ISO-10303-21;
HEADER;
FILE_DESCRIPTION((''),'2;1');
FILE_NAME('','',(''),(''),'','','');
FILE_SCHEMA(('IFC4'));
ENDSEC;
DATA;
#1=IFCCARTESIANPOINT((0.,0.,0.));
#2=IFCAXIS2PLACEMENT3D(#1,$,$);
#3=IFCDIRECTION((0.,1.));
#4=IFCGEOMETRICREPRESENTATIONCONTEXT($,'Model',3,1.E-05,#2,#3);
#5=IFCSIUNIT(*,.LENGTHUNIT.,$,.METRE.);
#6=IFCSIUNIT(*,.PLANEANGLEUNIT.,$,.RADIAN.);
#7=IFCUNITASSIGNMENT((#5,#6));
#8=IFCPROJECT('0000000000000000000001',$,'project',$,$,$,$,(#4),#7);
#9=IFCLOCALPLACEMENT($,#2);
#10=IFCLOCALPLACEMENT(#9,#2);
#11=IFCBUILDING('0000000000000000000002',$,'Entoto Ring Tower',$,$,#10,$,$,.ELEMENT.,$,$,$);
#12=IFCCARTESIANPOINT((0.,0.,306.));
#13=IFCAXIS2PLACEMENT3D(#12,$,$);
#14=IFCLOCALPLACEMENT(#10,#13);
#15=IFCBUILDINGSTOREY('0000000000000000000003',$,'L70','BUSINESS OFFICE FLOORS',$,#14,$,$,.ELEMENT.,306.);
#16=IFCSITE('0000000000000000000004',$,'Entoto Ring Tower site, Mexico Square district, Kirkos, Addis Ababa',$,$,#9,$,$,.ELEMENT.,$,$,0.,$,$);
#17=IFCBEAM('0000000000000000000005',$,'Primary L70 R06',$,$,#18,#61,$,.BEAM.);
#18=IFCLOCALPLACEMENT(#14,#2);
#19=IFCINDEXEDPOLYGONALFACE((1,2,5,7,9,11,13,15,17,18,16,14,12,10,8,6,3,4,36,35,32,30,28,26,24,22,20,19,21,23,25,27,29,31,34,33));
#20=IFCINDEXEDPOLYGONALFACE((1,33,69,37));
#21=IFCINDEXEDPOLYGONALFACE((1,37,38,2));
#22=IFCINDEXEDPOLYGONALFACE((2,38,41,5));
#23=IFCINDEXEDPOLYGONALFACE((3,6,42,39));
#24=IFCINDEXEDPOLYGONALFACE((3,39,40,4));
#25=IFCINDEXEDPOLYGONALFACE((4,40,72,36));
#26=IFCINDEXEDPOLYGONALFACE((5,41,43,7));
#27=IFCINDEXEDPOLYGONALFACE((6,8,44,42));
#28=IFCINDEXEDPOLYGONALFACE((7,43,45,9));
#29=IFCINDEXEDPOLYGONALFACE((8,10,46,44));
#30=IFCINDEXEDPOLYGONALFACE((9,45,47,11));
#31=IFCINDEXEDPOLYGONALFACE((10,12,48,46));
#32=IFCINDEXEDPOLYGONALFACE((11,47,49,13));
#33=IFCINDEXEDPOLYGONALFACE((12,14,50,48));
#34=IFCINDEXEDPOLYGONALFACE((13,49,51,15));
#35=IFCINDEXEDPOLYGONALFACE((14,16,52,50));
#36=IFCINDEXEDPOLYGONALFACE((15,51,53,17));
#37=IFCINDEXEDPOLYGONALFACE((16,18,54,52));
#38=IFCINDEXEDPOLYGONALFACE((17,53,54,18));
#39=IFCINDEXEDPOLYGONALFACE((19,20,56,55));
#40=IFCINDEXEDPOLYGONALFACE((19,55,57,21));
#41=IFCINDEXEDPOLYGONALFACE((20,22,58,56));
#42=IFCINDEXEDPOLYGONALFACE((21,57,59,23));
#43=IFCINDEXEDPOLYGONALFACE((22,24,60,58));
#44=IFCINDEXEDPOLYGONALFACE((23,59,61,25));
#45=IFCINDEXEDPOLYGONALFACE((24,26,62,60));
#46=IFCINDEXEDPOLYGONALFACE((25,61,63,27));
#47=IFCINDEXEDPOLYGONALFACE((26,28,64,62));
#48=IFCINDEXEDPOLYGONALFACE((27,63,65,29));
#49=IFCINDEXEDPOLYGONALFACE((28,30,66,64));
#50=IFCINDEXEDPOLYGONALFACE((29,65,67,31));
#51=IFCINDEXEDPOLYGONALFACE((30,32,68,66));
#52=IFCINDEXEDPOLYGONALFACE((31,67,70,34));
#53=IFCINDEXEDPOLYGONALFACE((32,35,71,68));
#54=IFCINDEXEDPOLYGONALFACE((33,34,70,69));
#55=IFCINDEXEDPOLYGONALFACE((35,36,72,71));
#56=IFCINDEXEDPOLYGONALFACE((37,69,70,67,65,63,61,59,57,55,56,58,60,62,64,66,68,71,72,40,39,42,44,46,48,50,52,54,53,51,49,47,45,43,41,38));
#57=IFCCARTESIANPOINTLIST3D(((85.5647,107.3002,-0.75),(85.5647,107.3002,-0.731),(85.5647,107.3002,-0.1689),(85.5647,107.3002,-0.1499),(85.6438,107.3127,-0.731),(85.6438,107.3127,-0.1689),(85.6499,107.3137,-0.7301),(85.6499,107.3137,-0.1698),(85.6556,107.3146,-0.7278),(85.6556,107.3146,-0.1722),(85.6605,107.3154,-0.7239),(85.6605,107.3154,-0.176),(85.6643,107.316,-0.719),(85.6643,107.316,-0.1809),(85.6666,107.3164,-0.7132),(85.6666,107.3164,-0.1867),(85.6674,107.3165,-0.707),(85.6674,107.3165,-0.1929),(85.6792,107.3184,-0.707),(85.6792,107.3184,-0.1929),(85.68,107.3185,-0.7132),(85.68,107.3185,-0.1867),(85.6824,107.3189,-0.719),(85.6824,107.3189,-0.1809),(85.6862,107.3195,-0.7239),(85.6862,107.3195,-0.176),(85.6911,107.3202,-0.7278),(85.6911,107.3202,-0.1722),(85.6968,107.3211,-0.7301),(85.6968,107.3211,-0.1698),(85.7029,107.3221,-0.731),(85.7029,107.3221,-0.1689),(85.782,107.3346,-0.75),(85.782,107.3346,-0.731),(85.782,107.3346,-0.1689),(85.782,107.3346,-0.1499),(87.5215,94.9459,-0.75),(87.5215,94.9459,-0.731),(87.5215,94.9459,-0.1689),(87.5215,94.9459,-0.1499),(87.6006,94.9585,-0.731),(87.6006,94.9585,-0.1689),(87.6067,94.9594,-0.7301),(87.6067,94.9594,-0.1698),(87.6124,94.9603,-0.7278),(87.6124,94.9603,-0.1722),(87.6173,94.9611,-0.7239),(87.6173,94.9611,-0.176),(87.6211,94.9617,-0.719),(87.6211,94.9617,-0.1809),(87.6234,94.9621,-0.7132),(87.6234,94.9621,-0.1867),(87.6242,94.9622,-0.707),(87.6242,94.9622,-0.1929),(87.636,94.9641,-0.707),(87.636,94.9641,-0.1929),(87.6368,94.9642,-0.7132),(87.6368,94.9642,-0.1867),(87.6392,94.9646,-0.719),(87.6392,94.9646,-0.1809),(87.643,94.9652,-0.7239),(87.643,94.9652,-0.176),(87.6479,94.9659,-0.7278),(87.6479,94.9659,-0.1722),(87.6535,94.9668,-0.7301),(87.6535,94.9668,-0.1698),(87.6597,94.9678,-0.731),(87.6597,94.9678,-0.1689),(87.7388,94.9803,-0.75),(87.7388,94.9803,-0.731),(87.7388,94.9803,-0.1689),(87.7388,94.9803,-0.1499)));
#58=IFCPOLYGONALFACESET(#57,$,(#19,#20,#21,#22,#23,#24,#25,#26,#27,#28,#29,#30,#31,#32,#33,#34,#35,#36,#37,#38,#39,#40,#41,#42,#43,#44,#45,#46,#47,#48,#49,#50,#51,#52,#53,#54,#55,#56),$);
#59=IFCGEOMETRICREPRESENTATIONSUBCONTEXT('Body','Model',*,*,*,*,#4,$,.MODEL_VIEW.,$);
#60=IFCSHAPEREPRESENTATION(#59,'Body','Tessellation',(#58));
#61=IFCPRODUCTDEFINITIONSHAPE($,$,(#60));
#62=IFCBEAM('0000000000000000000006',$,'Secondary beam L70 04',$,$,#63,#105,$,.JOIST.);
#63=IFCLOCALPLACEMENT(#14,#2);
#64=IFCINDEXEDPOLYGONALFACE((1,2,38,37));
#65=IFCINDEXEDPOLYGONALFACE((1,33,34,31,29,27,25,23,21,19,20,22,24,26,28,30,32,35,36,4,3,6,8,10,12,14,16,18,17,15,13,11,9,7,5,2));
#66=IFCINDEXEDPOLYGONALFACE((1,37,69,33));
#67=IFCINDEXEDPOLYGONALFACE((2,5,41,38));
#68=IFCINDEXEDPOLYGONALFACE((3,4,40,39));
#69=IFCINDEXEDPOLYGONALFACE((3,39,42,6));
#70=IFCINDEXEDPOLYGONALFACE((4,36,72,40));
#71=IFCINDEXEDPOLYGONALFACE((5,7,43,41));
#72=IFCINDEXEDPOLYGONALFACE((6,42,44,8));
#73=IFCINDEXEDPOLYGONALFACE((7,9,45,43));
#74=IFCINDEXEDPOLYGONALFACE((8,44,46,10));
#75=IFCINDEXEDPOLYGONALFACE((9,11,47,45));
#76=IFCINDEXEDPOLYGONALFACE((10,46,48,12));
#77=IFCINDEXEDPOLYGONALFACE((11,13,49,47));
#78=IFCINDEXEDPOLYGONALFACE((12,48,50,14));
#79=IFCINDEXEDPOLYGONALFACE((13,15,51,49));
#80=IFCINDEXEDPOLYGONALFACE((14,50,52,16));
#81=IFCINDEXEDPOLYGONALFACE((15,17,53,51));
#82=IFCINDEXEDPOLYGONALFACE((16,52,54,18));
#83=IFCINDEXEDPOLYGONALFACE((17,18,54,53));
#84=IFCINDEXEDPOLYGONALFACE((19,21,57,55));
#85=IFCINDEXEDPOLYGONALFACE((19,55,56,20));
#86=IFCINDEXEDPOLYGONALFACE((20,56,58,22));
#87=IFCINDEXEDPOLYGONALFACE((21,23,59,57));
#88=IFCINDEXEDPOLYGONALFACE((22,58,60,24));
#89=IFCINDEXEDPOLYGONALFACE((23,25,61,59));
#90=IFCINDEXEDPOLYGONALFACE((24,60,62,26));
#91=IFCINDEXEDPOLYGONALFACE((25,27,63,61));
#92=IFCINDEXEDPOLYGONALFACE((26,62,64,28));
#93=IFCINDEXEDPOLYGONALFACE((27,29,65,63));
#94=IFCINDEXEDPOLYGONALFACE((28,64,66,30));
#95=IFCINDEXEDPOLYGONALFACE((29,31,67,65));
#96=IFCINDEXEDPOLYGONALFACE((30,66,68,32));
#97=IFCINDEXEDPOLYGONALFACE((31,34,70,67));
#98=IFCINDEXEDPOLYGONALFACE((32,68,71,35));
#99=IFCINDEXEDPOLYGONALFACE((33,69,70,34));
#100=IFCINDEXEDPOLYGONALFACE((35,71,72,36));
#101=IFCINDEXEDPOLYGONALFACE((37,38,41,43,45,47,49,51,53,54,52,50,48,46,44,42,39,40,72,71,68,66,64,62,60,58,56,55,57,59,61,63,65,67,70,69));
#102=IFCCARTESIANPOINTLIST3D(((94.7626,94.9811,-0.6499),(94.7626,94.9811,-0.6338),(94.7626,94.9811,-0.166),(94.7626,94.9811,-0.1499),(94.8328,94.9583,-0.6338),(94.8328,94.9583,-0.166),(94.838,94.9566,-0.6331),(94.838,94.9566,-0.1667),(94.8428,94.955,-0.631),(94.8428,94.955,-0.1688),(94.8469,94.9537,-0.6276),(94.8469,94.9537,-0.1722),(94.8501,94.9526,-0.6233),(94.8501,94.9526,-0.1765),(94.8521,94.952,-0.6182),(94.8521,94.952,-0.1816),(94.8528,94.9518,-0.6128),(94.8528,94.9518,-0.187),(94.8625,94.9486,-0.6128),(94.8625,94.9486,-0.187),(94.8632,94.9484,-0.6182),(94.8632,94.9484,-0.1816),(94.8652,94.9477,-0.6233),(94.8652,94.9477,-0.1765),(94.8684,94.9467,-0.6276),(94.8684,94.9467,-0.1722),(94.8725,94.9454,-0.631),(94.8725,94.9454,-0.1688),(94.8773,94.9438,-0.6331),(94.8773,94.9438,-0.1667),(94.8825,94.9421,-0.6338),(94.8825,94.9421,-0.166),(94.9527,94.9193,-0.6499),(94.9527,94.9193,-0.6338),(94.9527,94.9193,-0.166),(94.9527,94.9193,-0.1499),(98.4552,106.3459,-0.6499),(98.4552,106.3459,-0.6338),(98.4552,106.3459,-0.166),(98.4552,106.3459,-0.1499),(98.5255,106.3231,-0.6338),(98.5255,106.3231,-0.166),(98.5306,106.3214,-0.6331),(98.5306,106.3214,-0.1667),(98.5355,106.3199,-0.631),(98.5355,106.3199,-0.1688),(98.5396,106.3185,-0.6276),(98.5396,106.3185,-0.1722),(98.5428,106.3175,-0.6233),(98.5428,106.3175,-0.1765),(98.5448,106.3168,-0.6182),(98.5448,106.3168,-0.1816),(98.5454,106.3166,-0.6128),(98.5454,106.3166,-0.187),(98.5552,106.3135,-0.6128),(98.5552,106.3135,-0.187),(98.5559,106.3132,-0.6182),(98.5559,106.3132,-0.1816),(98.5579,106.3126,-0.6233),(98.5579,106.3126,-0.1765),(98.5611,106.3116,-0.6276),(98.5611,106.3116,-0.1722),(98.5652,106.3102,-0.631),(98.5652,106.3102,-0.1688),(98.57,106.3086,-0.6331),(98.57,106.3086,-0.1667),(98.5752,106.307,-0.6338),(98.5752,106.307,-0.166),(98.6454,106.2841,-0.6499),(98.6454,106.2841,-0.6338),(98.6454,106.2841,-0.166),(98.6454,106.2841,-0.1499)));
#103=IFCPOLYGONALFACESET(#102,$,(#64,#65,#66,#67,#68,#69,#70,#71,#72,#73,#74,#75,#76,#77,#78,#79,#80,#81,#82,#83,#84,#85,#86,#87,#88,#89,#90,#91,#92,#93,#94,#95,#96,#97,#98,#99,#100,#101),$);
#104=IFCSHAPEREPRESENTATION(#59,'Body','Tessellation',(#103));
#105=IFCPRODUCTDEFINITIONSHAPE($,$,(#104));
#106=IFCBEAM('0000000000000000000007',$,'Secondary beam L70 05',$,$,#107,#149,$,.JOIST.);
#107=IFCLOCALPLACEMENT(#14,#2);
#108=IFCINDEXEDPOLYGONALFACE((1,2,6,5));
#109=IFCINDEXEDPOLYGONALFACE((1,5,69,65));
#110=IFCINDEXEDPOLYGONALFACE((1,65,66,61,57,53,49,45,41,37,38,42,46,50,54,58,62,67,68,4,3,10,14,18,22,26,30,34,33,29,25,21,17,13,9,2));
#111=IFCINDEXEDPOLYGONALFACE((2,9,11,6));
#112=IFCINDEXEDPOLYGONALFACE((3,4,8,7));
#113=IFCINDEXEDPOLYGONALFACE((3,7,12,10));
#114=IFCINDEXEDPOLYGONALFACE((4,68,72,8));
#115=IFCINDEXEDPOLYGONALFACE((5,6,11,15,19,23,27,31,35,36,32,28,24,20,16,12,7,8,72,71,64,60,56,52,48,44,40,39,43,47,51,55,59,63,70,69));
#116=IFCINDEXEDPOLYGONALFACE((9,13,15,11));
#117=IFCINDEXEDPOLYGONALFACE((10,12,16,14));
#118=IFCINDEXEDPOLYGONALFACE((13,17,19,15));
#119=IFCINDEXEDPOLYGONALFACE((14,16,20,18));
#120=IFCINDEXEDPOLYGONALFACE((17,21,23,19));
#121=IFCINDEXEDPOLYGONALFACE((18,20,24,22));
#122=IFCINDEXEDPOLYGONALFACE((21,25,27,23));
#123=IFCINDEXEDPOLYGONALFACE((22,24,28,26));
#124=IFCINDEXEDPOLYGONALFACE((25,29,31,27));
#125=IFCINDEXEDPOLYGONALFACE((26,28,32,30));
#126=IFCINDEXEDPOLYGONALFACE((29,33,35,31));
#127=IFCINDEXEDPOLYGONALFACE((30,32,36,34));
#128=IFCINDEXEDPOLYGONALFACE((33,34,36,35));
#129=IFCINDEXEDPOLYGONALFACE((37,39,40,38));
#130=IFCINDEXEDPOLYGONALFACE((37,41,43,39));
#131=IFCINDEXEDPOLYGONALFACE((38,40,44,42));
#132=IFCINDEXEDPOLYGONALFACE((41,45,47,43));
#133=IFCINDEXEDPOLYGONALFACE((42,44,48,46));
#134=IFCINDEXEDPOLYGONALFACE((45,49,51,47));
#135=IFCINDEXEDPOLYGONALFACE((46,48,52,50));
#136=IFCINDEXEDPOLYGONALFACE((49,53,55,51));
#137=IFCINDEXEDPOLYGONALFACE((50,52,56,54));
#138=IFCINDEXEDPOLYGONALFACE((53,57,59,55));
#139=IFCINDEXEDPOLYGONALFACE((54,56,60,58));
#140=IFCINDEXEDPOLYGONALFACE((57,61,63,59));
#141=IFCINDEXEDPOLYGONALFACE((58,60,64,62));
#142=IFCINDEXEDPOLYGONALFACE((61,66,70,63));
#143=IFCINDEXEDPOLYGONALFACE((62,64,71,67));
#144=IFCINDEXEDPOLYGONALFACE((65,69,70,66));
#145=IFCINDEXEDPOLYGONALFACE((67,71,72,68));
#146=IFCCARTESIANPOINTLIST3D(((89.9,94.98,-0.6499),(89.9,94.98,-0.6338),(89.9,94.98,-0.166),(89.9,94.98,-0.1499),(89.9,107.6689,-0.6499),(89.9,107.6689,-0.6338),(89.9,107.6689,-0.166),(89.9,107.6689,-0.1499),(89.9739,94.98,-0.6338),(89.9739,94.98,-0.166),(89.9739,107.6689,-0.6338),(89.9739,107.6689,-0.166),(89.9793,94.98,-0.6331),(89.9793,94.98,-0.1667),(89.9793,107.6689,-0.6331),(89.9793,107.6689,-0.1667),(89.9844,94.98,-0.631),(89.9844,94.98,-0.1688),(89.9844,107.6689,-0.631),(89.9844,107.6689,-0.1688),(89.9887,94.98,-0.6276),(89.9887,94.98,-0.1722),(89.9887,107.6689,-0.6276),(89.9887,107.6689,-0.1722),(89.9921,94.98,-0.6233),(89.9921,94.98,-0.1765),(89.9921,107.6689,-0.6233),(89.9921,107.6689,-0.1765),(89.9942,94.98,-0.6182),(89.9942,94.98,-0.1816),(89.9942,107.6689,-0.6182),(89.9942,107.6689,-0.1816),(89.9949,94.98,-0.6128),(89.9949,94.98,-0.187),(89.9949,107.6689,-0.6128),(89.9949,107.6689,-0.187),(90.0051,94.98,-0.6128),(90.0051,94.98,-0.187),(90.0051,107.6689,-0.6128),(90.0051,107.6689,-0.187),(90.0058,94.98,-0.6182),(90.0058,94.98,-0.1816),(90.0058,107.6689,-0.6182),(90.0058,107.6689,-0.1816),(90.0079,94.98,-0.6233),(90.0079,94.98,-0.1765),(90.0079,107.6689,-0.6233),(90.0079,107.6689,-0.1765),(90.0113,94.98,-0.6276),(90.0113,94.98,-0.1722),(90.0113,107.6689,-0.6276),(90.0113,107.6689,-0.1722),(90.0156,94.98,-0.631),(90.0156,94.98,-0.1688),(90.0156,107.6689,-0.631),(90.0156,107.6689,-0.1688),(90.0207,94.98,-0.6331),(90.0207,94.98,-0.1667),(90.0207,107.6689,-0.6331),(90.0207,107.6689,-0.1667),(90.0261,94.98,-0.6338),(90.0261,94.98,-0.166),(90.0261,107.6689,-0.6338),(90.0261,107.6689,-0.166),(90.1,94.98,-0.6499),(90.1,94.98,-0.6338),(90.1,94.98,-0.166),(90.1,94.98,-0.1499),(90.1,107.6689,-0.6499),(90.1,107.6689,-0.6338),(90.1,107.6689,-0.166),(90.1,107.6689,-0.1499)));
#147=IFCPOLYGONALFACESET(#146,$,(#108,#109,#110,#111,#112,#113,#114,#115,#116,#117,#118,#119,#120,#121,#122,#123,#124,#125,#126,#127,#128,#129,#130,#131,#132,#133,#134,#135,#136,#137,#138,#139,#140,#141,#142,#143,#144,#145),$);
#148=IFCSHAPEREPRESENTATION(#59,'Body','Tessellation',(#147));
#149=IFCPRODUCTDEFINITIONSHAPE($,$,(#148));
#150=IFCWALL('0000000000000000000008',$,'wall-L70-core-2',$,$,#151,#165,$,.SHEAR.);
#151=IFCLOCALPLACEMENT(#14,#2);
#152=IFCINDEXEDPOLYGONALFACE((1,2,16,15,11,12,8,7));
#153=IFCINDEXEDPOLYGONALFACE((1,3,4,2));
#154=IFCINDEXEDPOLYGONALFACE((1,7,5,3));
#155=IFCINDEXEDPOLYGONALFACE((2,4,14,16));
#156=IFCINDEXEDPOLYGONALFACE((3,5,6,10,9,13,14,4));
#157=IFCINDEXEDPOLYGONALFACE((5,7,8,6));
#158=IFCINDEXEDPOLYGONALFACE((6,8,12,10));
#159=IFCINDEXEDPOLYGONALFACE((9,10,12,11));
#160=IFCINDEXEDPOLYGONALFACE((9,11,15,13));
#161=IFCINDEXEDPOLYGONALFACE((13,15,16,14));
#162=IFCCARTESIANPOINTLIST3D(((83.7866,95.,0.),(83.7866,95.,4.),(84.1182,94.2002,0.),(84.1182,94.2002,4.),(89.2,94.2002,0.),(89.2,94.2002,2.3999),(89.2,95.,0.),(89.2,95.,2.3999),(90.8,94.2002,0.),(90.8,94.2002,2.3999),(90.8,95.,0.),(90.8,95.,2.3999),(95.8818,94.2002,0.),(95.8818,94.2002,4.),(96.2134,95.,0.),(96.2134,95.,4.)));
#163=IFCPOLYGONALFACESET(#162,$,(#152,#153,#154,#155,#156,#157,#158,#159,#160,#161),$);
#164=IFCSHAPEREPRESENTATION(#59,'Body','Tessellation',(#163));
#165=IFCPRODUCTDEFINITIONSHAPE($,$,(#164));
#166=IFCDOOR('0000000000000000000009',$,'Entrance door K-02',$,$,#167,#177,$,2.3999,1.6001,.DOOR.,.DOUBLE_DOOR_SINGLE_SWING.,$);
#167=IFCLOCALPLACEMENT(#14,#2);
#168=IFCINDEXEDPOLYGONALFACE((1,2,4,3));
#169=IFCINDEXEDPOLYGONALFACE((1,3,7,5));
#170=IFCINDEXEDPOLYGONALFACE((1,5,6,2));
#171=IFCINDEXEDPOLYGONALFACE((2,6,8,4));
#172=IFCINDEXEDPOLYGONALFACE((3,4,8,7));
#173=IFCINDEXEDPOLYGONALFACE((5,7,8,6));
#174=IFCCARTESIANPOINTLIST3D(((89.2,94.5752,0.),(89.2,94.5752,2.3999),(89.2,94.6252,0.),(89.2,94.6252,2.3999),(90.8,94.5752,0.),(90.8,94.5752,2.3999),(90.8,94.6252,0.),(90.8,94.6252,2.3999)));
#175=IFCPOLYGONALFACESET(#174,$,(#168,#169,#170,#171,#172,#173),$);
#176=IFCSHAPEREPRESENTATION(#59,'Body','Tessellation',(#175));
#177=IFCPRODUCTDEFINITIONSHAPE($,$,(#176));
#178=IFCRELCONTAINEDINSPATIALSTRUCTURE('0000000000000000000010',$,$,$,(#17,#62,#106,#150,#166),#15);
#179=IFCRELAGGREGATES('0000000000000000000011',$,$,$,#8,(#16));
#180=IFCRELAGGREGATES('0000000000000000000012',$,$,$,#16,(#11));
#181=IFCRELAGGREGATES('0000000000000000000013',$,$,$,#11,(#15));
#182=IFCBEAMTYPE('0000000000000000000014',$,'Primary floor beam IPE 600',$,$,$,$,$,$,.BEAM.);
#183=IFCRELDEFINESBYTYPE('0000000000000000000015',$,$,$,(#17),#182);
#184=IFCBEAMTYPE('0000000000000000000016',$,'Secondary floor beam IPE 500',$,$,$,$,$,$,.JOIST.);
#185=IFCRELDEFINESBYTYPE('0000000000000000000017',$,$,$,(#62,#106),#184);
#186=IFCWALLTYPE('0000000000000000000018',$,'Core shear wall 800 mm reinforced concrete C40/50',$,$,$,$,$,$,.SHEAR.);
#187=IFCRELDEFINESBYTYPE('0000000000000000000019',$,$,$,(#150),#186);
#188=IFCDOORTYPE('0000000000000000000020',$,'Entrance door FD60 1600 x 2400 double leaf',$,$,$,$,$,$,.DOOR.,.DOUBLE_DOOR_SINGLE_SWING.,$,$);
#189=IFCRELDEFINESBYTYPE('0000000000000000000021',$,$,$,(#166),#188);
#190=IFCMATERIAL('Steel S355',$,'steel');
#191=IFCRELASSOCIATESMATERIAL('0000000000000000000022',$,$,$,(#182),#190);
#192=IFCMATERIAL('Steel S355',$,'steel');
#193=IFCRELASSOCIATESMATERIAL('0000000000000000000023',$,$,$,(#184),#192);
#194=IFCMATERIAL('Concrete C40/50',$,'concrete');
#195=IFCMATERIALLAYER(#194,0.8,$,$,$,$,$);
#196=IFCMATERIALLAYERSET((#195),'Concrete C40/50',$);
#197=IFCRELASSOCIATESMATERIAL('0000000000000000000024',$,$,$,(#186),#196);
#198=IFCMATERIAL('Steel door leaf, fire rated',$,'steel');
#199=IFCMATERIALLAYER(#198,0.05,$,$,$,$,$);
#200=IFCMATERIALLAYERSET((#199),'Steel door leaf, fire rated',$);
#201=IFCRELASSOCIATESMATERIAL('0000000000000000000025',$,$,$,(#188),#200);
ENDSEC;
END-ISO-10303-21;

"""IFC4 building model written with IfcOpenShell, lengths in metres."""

from ifc_helpers import new_model, si_unit, direction, frame, frame_2d, origin, origin_2d, place, context, subcontext, project, spatial, polyline, rectangle, i_section, outline, extrude, material, layer, layer_set, material_profile, profile_set, type_object, element, fill, save


model = new_model("IFC4")

# Units and contexts
model_context = context("Model", 3, precision=1e-05, world=origin(), true_north=direction((0.0, 1.0)))
body_context = subcontext(model_context, "Body", "Model", "MODEL_VIEW")
ifc_project = project(units=[si_unit("LENGTHUNIT", "METRE"), si_unit("PLANEANGLEUNIT", "RADIAN")], contexts=[model_context])

# Site, building, storey
site_placement = place(None, origin())
site = spatial("IfcSite", under=ifc_project, at=site_placement, Name="Entoto Ring Tower site, Mexico Square district, Kirkos, Addis Ababa", CompositionType="ELEMENT", RefElevation=0.0)
building_placement = place(site_placement, origin())
building = spatial("IfcBuilding", under=site, at=building_placement, Name="Entoto Ring Tower", CompositionType="ELEMENT")
storey_placement = place(building_placement, frame((0.0, 0.0, 306.0)))
storey = spatial("IfcBuildingStorey", under=building, at=storey_placement, Name="L70", Description="BUSINESS OFFICE FLOORS", CompositionType="ELEMENT", Elevation=306.0)

# Beams
ifc_material_1 = material(Name="Steel S355", Category="steel")
ifc_material_profile_1 = material_profile(ifc_material_1, i_section(OverallWidth=0.22, OverallDepth=0.6001, WebThickness=0.012, FlangeThickness=0.019, FilletRadius=0.0239, at=origin_2d()), Name="IPE 600")
ifc_profile_set_1 = profile_set([ifc_material_profile_1], Name="Steel S355")
beam_type_1 = type_object("IfcBeamType", Name="Primary floor beam IPE 600", PredefinedType="BEAM", material=ifc_profile_set_1)
for number, where, z_axis, x_axis, name in (
    (1, (87.6301, 94.9631, -0.45), (-0.15644, 0.987688, 0.0), (-0.987688, -0.15644, 0.0), "Primary L70 R06"),
):
    element("IfcBeam", number, at=place(storey_placement, frame(where, z_axis=z_axis, x_axis=x_axis)), inside=storey, type_object=beam_type_1, Name=name, PredefinedType="BEAM", context=body_context, shape_type="SweptSolid", body=[
        extrude(i_section(OverallWidth=0.22, OverallDepth=0.6001, WebThickness=0.012, FlangeThickness=0.019, FilletRadius=0.0239, at=origin_2d()), origin(), (0.0, 0.0, 1.0), 12.5083),
    ])
ifc_material_2 = material(Name="Steel S355", Category="steel")
ifc_material_profile_2 = material_profile(ifc_material_2, i_section(OverallWidth=0.2, OverallDepth=0.5, WebThickness=0.0103, FlangeThickness=0.0161, FilletRadius=0.021, at=origin_2d()), Name="IPE 500")
ifc_profile_set_2 = profile_set([ifc_material_profile_2], Name="Steel S355")
beam_type_2 = type_object("IfcBeamType", Name="Secondary floor beam IPE 500", PredefinedType="JOIST", material=ifc_profile_set_2)
beam_1_placement = place(storey_placement, frame((94.8577, 94.9502, -0.3999), z_axis=(0.309017, 0.951057, 0.0), x_axis=(-0.951057, 0.309017, 0.0)))
element("IfcBeam", 2, at=beam_1_placement, inside=storey, type_object=beam_type_2, Name="Secondary beam L70 04", PredefinedType="JOIST", context=body_context, shape_type="SweptSolid", body=[
    extrude(i_section(OverallWidth=0.2, OverallDepth=0.5, WebThickness=0.0103, FlangeThickness=0.0161, FilletRadius=0.021, at=origin_2d()), origin(), (0.0, 0.0, 1.0), 11.9497),
])
beam_2_placement = place(storey_placement, frame((90.0, 94.98, -0.3999), z_axis=(0.0, 1.0, 0.0), x_axis=(-1.0, 0.0, 0.0)))
element("IfcBeam", 3, at=beam_2_placement, inside=storey, type_object=beam_type_2, Name="Secondary beam L70 05", PredefinedType="JOIST", context=body_context, shape_type="SweptSolid", body=[
    extrude(i_section(OverallWidth=0.2, OverallDepth=0.5, WebThickness=0.0103, FlangeThickness=0.0161, FilletRadius=0.021, at=origin_2d()), origin(), (0.0, 0.0, 1.0), 12.689),
])

# Wall, opening, door
ifc_material_3 = material(Name="Concrete C40/50", Category="concrete")
ifc_layer_1 = layer(ifc_material_3, 0.8)
ifc_layer_set_1 = layer_set([ifc_layer_1], Name="Concrete C40/50")
wall_type_1 = type_object("IfcWallType", Name="Core shear wall 800 mm reinforced concrete C40/50", PredefinedType="SHEAR", material=ifc_layer_set_1)
wall_1_placement = place(storey_placement, frame((96.0476, 94.6001, 0.0), z_axis=(0.0, 0.0, 1.0), x_axis=(-1.0, 0.0, 0.0)))
wall_1 = element("IfcWall", 4, at=wall_1_placement, inside=storey, type_object=wall_type_1, Name="wall-L70-core-2", PredefinedType="SHEAR", context=body_context, shape_type="SweptSolid", body=[
    extrude(outline(polyline([(-0.1658, -0.3999), (12.261, -0.3999), (11.9294, 0.3999), (0.1658, 0.3999), (-0.1658, -0.3999)])), origin(), (0.0, 0.0, 1.0), 4.0),
])
opening_1_placement = place(wall_1_placement, frame((5.2476, 0.0, 0.0)))
opening_1 = element("IfcOpeningElement", 5, at=opening_1_placement, cuts=wall_1, PredefinedType="OPENING", context=body_context, shape_type="SweptSolid", body=[
    extrude(rectangle(XDim=1.6001, YDim=2.3999, at=frame_2d((0.8, 1.2))), frame((0.0, 0.4102, 0.0), z_axis=(0.0, -1.0, 0.0), x_axis=(1.0, 0.0, 0.0)), (0.0, 0.0, 1.0), 0.8201),
])
ifc_material_4 = material(Name="Steel door leaf, fire rated", Category="steel")
ifc_layer_2 = layer(ifc_material_4, 0.05)
ifc_layer_set_2 = layer_set([ifc_layer_2], Name="Steel door leaf, fire rated")
door_type_1 = type_object("IfcDoorType", Name="Entrance door FD60 1600 x 2400 double leaf", OperationType="DOUBLE_DOOR_SINGLE_SWING", PredefinedType="DOOR", material=ifc_layer_set_2)
door_1_placement = place(opening_1_placement, origin())
door_1 = element("IfcDoor", 6, at=door_1_placement, inside=storey, type_object=door_type_1, Name="Entrance door K-02", OperationType="DOUBLE_DOOR_SINGLE_SWING", OverallHeight=2.3999, OverallWidth=1.6001, PredefinedType="DOOR", context=body_context, shape_type="SweptSolid", body=[
    extrude(rectangle(XDim=1.6001, YDim=2.3999, at=frame_2d((0.8, 1.2))), frame((0.0, 0.0249, 0.0), z_axis=(0.0, -1.0, 0.0), x_axis=(1.0, 0.0, 0.0)), (0.0, 0.0, 1.0), 0.05),
])
fill(opening_1, door_1)

save(model, "model.ifc")
